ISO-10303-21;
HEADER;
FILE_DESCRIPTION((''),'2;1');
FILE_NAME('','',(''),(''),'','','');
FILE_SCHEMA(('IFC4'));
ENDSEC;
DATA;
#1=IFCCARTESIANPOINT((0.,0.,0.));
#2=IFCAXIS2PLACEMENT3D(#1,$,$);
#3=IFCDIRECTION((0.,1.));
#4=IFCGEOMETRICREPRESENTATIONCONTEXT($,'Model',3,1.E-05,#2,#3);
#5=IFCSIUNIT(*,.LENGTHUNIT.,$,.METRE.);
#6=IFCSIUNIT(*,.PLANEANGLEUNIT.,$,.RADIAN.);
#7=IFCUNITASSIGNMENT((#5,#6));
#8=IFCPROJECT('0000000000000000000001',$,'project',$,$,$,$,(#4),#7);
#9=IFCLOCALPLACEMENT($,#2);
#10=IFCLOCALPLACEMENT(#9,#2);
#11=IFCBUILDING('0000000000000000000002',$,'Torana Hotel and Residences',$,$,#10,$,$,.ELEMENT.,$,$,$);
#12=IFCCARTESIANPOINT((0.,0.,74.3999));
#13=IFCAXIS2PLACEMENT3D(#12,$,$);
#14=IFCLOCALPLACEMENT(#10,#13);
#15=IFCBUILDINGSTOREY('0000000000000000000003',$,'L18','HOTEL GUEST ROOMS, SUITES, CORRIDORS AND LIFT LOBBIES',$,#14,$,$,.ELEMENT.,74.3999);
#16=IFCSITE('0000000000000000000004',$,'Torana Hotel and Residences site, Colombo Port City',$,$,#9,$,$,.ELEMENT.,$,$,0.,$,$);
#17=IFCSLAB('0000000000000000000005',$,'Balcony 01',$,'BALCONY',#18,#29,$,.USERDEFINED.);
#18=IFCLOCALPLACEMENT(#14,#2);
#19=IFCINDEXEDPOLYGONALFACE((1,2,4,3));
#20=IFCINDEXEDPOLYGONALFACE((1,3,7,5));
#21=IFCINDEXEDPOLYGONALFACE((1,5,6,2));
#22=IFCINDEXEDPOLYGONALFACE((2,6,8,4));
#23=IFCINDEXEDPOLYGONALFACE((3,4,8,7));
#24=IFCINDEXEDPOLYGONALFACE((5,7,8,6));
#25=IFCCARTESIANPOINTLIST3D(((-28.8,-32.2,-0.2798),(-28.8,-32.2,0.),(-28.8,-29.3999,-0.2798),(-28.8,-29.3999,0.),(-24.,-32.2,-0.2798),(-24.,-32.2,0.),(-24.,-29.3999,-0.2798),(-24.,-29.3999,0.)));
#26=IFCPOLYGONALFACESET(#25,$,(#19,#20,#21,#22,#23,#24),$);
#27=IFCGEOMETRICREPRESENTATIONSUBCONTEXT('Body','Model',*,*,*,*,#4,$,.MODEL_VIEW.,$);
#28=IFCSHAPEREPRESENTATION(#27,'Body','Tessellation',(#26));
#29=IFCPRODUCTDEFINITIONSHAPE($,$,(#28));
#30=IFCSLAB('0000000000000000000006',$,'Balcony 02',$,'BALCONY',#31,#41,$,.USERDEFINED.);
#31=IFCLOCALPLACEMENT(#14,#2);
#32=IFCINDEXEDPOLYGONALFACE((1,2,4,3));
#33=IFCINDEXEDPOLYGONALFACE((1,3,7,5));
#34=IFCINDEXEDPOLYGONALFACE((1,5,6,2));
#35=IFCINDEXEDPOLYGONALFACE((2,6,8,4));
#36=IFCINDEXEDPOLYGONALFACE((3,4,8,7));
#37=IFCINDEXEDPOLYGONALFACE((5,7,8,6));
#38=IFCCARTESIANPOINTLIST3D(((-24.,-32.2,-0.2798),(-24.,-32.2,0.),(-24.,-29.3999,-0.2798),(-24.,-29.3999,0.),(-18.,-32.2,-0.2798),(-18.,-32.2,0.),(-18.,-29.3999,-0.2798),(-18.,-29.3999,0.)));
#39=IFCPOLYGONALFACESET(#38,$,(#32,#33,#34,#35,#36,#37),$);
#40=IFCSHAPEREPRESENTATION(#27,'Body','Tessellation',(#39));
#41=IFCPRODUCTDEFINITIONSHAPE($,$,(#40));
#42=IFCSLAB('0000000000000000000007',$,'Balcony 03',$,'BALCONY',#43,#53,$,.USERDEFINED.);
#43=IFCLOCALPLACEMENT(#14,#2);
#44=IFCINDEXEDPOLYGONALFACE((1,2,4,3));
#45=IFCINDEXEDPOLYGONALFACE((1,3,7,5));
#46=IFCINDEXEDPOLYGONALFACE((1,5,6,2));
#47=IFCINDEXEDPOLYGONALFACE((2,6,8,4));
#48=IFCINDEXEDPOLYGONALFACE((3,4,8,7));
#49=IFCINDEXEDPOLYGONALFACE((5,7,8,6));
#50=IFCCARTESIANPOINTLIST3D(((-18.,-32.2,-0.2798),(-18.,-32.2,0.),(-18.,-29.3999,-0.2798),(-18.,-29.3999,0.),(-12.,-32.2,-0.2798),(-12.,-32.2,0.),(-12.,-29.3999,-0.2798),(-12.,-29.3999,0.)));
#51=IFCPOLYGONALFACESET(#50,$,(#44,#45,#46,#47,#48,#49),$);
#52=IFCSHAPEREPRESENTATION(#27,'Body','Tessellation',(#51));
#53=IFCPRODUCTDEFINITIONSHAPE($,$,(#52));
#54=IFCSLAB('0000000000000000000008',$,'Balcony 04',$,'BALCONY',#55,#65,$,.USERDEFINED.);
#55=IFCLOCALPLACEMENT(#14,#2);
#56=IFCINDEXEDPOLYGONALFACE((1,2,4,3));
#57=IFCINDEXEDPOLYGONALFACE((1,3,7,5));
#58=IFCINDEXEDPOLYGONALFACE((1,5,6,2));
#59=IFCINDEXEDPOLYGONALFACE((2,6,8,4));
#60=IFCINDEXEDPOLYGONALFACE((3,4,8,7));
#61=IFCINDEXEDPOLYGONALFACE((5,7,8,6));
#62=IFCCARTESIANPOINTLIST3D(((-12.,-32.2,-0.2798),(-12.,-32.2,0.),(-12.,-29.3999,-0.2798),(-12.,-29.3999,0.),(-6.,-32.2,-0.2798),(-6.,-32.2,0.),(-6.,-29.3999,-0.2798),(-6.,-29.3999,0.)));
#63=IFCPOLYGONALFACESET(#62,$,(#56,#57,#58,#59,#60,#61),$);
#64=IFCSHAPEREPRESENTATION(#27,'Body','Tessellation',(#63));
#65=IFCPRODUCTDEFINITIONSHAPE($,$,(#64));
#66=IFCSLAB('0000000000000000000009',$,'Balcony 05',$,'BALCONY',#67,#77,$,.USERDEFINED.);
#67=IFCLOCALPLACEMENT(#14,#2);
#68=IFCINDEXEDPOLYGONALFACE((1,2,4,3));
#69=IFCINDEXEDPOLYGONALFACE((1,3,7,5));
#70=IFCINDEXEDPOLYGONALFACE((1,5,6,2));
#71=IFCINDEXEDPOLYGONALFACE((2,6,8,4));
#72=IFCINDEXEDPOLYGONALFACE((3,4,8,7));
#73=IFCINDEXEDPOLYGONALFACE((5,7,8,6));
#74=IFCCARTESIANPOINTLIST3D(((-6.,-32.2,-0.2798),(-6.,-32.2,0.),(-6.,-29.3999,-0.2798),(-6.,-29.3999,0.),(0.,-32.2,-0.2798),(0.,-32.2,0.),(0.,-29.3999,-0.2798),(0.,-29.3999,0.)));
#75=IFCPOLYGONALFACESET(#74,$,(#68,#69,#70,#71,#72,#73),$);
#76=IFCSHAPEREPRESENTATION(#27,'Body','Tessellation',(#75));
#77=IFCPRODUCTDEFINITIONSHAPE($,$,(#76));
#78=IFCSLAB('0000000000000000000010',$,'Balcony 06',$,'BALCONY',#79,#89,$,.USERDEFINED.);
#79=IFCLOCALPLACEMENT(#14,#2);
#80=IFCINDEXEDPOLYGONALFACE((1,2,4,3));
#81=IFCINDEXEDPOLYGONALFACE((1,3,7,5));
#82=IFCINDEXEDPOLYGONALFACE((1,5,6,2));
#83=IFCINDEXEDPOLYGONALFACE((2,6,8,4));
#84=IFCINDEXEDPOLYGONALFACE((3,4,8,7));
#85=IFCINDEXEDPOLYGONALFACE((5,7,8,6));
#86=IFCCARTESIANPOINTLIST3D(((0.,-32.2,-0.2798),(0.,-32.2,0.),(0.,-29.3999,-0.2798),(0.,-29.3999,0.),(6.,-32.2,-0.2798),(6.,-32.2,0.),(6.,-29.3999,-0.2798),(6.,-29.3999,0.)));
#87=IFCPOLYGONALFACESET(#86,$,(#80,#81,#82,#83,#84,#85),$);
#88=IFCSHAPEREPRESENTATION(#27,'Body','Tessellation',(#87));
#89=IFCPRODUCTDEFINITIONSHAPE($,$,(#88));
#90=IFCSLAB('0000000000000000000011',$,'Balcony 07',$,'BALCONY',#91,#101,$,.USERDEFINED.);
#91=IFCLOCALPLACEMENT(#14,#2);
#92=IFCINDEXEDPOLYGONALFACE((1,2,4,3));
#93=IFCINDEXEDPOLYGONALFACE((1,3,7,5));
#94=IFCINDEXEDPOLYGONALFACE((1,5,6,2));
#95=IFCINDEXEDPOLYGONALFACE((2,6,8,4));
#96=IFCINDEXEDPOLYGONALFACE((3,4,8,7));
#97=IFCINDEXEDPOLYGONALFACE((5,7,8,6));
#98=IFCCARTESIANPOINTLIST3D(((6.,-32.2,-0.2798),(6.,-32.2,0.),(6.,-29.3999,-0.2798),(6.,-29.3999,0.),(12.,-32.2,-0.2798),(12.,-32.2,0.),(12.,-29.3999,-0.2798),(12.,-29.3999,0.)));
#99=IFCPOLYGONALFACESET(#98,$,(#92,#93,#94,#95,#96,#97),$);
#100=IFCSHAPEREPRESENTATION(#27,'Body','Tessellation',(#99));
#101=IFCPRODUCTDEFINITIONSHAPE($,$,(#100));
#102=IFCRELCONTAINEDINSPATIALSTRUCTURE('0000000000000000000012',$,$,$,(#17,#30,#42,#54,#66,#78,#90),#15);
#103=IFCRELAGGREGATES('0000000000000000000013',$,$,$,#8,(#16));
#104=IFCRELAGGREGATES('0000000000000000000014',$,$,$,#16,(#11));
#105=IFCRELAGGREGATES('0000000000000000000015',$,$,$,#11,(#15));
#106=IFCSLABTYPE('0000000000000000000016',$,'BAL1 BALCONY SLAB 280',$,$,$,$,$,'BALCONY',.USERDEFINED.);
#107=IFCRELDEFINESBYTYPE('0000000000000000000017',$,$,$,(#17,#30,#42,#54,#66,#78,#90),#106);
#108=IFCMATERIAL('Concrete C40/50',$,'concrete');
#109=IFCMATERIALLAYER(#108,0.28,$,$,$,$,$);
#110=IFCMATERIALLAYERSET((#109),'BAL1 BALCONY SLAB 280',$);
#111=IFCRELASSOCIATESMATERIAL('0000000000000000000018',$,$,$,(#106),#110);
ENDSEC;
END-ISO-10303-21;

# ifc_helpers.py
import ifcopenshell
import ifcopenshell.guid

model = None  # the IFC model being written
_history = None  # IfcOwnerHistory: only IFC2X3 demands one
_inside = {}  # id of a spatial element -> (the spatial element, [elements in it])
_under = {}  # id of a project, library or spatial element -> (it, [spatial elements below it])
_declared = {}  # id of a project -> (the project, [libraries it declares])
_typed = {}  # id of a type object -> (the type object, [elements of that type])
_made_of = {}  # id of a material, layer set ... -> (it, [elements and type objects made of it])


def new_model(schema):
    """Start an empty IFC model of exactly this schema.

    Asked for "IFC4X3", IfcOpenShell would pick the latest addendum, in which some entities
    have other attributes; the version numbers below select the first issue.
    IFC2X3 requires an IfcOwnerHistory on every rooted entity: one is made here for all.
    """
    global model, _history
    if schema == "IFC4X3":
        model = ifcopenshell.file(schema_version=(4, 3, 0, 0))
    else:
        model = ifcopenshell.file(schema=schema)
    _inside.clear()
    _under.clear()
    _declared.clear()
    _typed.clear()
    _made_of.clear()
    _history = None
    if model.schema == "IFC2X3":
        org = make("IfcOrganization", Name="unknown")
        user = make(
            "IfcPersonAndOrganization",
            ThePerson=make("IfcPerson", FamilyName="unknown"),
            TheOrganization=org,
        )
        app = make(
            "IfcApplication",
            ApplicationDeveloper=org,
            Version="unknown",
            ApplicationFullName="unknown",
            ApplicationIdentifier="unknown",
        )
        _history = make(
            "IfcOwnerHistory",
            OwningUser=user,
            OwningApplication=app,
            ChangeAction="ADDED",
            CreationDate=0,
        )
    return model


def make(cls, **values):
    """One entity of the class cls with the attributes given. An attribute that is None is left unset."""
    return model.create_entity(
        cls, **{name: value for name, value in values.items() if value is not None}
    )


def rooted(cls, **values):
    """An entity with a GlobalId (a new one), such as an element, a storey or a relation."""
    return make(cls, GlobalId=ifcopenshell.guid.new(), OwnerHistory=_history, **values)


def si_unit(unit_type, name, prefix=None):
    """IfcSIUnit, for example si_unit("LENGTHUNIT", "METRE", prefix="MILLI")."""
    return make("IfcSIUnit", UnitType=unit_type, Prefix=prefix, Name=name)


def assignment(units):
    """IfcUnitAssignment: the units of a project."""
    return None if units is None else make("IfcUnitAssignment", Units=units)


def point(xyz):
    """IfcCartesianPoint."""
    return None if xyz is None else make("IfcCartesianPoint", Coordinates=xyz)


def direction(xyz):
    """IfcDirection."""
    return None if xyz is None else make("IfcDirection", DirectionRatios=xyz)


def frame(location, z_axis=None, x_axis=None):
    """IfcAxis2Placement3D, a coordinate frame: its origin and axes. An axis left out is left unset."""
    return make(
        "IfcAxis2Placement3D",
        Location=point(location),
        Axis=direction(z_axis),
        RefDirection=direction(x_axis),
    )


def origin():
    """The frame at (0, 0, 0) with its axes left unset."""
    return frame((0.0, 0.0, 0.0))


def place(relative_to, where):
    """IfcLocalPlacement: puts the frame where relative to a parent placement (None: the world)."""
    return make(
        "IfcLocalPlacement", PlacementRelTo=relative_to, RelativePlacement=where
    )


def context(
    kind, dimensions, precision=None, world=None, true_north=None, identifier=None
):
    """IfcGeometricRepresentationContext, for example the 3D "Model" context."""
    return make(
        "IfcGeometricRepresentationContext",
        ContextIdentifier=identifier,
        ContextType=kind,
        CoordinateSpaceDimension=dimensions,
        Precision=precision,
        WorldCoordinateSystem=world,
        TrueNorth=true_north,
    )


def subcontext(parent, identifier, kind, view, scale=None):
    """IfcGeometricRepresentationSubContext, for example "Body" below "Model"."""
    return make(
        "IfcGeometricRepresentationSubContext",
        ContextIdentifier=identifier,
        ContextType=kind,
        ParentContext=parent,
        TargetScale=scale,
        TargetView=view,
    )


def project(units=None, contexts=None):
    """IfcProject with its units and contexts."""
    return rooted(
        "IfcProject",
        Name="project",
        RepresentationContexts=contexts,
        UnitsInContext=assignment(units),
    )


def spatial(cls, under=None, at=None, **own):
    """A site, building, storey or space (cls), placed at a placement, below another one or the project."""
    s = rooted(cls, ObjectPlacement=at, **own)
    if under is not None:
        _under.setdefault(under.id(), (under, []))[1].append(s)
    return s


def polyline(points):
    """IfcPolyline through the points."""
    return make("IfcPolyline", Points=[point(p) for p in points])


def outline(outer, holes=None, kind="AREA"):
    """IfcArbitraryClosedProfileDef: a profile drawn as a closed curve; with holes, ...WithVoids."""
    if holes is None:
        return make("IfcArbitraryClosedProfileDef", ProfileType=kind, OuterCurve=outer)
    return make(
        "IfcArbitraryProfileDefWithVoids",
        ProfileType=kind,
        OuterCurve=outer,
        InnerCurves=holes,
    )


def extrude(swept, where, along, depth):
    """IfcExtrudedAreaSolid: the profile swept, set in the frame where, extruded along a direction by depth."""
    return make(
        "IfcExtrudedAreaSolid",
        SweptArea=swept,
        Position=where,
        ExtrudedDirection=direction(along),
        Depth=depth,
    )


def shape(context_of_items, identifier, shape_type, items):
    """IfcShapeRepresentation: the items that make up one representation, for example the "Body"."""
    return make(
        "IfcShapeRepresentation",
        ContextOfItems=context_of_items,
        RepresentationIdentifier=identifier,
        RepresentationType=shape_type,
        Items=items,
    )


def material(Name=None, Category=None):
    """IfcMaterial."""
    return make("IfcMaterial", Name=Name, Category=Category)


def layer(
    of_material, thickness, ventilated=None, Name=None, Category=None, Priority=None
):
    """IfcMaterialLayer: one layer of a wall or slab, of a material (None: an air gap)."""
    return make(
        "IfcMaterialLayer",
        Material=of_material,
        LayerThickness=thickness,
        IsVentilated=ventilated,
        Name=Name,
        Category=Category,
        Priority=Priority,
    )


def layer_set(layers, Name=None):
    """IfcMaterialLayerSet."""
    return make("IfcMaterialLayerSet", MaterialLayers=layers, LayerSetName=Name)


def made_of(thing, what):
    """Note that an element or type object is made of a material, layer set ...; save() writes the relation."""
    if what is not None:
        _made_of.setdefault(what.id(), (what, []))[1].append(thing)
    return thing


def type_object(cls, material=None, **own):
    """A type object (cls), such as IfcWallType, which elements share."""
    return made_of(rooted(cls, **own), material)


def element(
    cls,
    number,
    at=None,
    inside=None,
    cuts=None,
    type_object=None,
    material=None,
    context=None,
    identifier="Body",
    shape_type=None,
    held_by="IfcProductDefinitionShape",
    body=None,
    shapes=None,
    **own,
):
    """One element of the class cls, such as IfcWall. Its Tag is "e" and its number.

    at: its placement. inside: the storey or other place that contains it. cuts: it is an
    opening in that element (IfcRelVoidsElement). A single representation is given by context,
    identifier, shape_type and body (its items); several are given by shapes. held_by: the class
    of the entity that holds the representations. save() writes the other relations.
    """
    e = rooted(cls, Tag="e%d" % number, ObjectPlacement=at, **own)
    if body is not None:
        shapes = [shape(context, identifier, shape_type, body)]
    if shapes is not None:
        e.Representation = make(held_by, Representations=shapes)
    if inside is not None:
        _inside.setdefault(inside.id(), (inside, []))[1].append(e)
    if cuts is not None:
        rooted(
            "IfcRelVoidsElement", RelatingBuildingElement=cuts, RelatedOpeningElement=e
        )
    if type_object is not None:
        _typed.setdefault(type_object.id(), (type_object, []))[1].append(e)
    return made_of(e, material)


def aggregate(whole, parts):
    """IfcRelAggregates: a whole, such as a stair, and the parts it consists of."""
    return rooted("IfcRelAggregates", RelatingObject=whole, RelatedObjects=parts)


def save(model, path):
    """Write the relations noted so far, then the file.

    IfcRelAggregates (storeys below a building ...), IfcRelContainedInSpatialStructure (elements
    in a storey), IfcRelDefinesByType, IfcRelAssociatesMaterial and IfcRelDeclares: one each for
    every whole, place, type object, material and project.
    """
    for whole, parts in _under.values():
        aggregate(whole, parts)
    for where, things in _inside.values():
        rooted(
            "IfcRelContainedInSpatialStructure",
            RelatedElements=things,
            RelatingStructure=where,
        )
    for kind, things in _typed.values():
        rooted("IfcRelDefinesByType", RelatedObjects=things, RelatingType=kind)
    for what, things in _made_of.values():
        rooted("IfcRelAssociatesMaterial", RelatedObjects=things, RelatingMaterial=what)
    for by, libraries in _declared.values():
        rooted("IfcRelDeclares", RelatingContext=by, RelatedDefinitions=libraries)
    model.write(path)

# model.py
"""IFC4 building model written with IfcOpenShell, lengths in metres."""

from ifc_helpers import new_model, si_unit, direction, frame, origin, place, context, subcontext, project, spatial, polyline, outline, extrude, material, layer, layer_set, type_object, element, save


model = new_model("IFC4")

# Units and contexts
model_context = context("Model", 3, precision=1e-05, world=origin(), true_north=direction((0.0, 1.0)))
body_context = subcontext(model_context, "Body", "Model", "MODEL_VIEW")
ifc_project = project(units=[si_unit("LENGTHUNIT", "METRE"), si_unit("PLANEANGLEUNIT", "RADIAN")], contexts=[model_context])

# Site, building, storey
site_placement = place(None, origin())
site = spatial("IfcSite", under=ifc_project, at=site_placement, Name="Torana Hotel and Residences site, Colombo Port City", CompositionType="ELEMENT", RefElevation=0.0)
building_placement = place(site_placement, origin())
building = spatial("IfcBuilding", under=site, at=building_placement, Name="Torana Hotel and Residences", CompositionType="ELEMENT")
storey_placement = place(building_placement, frame((0.0, 0.0, 74.3999)))
storey = spatial("IfcBuildingStorey", under=building, at=storey_placement, Name="L18", Description="HOTEL GUEST ROOMS, SUITES, CORRIDORS AND LIFT LOBBIES", CompositionType="ELEMENT", Elevation=74.3999)

# Slabs
ifc_material_1 = material(Name="Concrete C40/50", Category="concrete")
ifc_layer_1 = layer(ifc_material_1, 0.28)
ifc_layer_set_1 = layer_set([ifc_layer_1], Name="BAL1 BALCONY SLAB 280")
slab_type_1 = type_object("IfcSlabType", Name="BAL1 BALCONY SLAB 280", ElementType="BALCONY", PredefinedType="USERDEFINED", material=ifc_layer_set_1)
slab_1_placement = place(storey_placement, frame((0.0, 0.0, -0.2798)))
element("IfcSlab", 1, at=slab_1_placement, inside=storey, type_object=slab_type_1, Name="Balcony 01", ObjectType="BALCONY", PredefinedType="USERDEFINED", context=body_context, shape_type="SweptSolid", body=[
    extrude(outline(polyline([(-28.8, -32.2), (-24.0, -32.2), (-24.0, -29.3999), (-28.8, -29.3999), (-28.8, -32.2)])), origin(), (0.0, 0.0, 1.0), 0.2798),
])
slab_2_placement = place(storey_placement, frame((0.0, 0.0, -0.2798)))
element("IfcSlab", 2, at=slab_2_placement, inside=storey, type_object=slab_type_1, Name="Balcony 02", ObjectType="BALCONY", PredefinedType="USERDEFINED", context=body_context, shape_type="SweptSolid", body=[
    extrude(outline(polyline([(-24.0, -32.2), (-18.0, -32.2), (-18.0, -29.3999), (-24.0, -29.3999), (-24.0, -32.2)])), origin(), (0.0, 0.0, 1.0), 0.2798),
])
slab_3_placement = place(storey_placement, frame((0.0, 0.0, -0.2798)))
element("IfcSlab", 3, at=slab_3_placement, inside=storey, type_object=slab_type_1, Name="Balcony 03", ObjectType="BALCONY", PredefinedType="USERDEFINED", context=body_context, shape_type="SweptSolid", body=[
    extrude(outline(polyline([(-18.0, -32.2), (-12.0, -32.2), (-12.0, -29.3999), (-18.0, -29.3999), (-18.0, -32.2)])), origin(), (0.0, 0.0, 1.0), 0.2798),
])
slab_4_placement = place(storey_placement, frame((0.0, 0.0, -0.2798)))
element("IfcSlab", 4, at=slab_4_placement, inside=storey, type_object=slab_type_1, Name="Balcony 04", ObjectType="BALCONY", PredefinedType="USERDEFINED", context=body_context, shape_type="SweptSolid", body=[
    extrude(outline(polyline([(-12.0, -32.2), (-6.0, -32.2), (-6.0, -29.3999), (-12.0, -29.3999), (-12.0, -32.2)])), origin(), (0.0, 0.0, 1.0), 0.2798),
])
slab_5_placement = place(storey_placement, frame((0.0, 0.0, -0.2798)))
element("IfcSlab", 5, at=slab_5_placement, inside=storey, type_object=slab_type_1, Name="Balcony 05", ObjectType="BALCONY", PredefinedType="USERDEFINED", context=body_context, shape_type="SweptSolid", body=[
    extrude(outline(polyline([(-6.0, -32.2), (0.0, -32.2), (0.0, -29.3999), (-6.0, -29.3999), (-6.0, -32.2)])), origin(), (0.0, 0.0, 1.0), 0.2798),
])
slab_6_placement = place(storey_placement, frame((0.0, 0.0, -0.2798)))
element("IfcSlab", 6, at=slab_6_placement, inside=storey, type_object=slab_type_1, Name="Balcony 06", ObjectType="BALCONY", PredefinedType="USERDEFINED", context=body_context, shape_type="SweptSolid", body=[
    extrude(outline(polyline([(0.0, -32.2), (6.0, -32.2), (6.0, -29.3999), (0.0, -29.3999), (0.0, -32.2)])), origin(), (0.0, 0.0, 1.0), 0.2798),
])
slab_7_placement = place(storey_placement, frame((0.0, 0.0, -0.2798)))
element("IfcSlab", 7, at=slab_7_placement, inside=storey, type_object=slab_type_1, Name="Balcony 07", ObjectType="BALCONY", PredefinedType="USERDEFINED", context=body_context, shape_type="SweptSolid", body=[
    extrude(outline(polyline([(6.0, -32.2), (12.0, -32.2), (12.0, -29.3999), (6.0, -29.3999), (6.0, -32.2)])), origin(), (0.0, 0.0, 1.0), 0.2798),
])

save(model, "model.ifc")
